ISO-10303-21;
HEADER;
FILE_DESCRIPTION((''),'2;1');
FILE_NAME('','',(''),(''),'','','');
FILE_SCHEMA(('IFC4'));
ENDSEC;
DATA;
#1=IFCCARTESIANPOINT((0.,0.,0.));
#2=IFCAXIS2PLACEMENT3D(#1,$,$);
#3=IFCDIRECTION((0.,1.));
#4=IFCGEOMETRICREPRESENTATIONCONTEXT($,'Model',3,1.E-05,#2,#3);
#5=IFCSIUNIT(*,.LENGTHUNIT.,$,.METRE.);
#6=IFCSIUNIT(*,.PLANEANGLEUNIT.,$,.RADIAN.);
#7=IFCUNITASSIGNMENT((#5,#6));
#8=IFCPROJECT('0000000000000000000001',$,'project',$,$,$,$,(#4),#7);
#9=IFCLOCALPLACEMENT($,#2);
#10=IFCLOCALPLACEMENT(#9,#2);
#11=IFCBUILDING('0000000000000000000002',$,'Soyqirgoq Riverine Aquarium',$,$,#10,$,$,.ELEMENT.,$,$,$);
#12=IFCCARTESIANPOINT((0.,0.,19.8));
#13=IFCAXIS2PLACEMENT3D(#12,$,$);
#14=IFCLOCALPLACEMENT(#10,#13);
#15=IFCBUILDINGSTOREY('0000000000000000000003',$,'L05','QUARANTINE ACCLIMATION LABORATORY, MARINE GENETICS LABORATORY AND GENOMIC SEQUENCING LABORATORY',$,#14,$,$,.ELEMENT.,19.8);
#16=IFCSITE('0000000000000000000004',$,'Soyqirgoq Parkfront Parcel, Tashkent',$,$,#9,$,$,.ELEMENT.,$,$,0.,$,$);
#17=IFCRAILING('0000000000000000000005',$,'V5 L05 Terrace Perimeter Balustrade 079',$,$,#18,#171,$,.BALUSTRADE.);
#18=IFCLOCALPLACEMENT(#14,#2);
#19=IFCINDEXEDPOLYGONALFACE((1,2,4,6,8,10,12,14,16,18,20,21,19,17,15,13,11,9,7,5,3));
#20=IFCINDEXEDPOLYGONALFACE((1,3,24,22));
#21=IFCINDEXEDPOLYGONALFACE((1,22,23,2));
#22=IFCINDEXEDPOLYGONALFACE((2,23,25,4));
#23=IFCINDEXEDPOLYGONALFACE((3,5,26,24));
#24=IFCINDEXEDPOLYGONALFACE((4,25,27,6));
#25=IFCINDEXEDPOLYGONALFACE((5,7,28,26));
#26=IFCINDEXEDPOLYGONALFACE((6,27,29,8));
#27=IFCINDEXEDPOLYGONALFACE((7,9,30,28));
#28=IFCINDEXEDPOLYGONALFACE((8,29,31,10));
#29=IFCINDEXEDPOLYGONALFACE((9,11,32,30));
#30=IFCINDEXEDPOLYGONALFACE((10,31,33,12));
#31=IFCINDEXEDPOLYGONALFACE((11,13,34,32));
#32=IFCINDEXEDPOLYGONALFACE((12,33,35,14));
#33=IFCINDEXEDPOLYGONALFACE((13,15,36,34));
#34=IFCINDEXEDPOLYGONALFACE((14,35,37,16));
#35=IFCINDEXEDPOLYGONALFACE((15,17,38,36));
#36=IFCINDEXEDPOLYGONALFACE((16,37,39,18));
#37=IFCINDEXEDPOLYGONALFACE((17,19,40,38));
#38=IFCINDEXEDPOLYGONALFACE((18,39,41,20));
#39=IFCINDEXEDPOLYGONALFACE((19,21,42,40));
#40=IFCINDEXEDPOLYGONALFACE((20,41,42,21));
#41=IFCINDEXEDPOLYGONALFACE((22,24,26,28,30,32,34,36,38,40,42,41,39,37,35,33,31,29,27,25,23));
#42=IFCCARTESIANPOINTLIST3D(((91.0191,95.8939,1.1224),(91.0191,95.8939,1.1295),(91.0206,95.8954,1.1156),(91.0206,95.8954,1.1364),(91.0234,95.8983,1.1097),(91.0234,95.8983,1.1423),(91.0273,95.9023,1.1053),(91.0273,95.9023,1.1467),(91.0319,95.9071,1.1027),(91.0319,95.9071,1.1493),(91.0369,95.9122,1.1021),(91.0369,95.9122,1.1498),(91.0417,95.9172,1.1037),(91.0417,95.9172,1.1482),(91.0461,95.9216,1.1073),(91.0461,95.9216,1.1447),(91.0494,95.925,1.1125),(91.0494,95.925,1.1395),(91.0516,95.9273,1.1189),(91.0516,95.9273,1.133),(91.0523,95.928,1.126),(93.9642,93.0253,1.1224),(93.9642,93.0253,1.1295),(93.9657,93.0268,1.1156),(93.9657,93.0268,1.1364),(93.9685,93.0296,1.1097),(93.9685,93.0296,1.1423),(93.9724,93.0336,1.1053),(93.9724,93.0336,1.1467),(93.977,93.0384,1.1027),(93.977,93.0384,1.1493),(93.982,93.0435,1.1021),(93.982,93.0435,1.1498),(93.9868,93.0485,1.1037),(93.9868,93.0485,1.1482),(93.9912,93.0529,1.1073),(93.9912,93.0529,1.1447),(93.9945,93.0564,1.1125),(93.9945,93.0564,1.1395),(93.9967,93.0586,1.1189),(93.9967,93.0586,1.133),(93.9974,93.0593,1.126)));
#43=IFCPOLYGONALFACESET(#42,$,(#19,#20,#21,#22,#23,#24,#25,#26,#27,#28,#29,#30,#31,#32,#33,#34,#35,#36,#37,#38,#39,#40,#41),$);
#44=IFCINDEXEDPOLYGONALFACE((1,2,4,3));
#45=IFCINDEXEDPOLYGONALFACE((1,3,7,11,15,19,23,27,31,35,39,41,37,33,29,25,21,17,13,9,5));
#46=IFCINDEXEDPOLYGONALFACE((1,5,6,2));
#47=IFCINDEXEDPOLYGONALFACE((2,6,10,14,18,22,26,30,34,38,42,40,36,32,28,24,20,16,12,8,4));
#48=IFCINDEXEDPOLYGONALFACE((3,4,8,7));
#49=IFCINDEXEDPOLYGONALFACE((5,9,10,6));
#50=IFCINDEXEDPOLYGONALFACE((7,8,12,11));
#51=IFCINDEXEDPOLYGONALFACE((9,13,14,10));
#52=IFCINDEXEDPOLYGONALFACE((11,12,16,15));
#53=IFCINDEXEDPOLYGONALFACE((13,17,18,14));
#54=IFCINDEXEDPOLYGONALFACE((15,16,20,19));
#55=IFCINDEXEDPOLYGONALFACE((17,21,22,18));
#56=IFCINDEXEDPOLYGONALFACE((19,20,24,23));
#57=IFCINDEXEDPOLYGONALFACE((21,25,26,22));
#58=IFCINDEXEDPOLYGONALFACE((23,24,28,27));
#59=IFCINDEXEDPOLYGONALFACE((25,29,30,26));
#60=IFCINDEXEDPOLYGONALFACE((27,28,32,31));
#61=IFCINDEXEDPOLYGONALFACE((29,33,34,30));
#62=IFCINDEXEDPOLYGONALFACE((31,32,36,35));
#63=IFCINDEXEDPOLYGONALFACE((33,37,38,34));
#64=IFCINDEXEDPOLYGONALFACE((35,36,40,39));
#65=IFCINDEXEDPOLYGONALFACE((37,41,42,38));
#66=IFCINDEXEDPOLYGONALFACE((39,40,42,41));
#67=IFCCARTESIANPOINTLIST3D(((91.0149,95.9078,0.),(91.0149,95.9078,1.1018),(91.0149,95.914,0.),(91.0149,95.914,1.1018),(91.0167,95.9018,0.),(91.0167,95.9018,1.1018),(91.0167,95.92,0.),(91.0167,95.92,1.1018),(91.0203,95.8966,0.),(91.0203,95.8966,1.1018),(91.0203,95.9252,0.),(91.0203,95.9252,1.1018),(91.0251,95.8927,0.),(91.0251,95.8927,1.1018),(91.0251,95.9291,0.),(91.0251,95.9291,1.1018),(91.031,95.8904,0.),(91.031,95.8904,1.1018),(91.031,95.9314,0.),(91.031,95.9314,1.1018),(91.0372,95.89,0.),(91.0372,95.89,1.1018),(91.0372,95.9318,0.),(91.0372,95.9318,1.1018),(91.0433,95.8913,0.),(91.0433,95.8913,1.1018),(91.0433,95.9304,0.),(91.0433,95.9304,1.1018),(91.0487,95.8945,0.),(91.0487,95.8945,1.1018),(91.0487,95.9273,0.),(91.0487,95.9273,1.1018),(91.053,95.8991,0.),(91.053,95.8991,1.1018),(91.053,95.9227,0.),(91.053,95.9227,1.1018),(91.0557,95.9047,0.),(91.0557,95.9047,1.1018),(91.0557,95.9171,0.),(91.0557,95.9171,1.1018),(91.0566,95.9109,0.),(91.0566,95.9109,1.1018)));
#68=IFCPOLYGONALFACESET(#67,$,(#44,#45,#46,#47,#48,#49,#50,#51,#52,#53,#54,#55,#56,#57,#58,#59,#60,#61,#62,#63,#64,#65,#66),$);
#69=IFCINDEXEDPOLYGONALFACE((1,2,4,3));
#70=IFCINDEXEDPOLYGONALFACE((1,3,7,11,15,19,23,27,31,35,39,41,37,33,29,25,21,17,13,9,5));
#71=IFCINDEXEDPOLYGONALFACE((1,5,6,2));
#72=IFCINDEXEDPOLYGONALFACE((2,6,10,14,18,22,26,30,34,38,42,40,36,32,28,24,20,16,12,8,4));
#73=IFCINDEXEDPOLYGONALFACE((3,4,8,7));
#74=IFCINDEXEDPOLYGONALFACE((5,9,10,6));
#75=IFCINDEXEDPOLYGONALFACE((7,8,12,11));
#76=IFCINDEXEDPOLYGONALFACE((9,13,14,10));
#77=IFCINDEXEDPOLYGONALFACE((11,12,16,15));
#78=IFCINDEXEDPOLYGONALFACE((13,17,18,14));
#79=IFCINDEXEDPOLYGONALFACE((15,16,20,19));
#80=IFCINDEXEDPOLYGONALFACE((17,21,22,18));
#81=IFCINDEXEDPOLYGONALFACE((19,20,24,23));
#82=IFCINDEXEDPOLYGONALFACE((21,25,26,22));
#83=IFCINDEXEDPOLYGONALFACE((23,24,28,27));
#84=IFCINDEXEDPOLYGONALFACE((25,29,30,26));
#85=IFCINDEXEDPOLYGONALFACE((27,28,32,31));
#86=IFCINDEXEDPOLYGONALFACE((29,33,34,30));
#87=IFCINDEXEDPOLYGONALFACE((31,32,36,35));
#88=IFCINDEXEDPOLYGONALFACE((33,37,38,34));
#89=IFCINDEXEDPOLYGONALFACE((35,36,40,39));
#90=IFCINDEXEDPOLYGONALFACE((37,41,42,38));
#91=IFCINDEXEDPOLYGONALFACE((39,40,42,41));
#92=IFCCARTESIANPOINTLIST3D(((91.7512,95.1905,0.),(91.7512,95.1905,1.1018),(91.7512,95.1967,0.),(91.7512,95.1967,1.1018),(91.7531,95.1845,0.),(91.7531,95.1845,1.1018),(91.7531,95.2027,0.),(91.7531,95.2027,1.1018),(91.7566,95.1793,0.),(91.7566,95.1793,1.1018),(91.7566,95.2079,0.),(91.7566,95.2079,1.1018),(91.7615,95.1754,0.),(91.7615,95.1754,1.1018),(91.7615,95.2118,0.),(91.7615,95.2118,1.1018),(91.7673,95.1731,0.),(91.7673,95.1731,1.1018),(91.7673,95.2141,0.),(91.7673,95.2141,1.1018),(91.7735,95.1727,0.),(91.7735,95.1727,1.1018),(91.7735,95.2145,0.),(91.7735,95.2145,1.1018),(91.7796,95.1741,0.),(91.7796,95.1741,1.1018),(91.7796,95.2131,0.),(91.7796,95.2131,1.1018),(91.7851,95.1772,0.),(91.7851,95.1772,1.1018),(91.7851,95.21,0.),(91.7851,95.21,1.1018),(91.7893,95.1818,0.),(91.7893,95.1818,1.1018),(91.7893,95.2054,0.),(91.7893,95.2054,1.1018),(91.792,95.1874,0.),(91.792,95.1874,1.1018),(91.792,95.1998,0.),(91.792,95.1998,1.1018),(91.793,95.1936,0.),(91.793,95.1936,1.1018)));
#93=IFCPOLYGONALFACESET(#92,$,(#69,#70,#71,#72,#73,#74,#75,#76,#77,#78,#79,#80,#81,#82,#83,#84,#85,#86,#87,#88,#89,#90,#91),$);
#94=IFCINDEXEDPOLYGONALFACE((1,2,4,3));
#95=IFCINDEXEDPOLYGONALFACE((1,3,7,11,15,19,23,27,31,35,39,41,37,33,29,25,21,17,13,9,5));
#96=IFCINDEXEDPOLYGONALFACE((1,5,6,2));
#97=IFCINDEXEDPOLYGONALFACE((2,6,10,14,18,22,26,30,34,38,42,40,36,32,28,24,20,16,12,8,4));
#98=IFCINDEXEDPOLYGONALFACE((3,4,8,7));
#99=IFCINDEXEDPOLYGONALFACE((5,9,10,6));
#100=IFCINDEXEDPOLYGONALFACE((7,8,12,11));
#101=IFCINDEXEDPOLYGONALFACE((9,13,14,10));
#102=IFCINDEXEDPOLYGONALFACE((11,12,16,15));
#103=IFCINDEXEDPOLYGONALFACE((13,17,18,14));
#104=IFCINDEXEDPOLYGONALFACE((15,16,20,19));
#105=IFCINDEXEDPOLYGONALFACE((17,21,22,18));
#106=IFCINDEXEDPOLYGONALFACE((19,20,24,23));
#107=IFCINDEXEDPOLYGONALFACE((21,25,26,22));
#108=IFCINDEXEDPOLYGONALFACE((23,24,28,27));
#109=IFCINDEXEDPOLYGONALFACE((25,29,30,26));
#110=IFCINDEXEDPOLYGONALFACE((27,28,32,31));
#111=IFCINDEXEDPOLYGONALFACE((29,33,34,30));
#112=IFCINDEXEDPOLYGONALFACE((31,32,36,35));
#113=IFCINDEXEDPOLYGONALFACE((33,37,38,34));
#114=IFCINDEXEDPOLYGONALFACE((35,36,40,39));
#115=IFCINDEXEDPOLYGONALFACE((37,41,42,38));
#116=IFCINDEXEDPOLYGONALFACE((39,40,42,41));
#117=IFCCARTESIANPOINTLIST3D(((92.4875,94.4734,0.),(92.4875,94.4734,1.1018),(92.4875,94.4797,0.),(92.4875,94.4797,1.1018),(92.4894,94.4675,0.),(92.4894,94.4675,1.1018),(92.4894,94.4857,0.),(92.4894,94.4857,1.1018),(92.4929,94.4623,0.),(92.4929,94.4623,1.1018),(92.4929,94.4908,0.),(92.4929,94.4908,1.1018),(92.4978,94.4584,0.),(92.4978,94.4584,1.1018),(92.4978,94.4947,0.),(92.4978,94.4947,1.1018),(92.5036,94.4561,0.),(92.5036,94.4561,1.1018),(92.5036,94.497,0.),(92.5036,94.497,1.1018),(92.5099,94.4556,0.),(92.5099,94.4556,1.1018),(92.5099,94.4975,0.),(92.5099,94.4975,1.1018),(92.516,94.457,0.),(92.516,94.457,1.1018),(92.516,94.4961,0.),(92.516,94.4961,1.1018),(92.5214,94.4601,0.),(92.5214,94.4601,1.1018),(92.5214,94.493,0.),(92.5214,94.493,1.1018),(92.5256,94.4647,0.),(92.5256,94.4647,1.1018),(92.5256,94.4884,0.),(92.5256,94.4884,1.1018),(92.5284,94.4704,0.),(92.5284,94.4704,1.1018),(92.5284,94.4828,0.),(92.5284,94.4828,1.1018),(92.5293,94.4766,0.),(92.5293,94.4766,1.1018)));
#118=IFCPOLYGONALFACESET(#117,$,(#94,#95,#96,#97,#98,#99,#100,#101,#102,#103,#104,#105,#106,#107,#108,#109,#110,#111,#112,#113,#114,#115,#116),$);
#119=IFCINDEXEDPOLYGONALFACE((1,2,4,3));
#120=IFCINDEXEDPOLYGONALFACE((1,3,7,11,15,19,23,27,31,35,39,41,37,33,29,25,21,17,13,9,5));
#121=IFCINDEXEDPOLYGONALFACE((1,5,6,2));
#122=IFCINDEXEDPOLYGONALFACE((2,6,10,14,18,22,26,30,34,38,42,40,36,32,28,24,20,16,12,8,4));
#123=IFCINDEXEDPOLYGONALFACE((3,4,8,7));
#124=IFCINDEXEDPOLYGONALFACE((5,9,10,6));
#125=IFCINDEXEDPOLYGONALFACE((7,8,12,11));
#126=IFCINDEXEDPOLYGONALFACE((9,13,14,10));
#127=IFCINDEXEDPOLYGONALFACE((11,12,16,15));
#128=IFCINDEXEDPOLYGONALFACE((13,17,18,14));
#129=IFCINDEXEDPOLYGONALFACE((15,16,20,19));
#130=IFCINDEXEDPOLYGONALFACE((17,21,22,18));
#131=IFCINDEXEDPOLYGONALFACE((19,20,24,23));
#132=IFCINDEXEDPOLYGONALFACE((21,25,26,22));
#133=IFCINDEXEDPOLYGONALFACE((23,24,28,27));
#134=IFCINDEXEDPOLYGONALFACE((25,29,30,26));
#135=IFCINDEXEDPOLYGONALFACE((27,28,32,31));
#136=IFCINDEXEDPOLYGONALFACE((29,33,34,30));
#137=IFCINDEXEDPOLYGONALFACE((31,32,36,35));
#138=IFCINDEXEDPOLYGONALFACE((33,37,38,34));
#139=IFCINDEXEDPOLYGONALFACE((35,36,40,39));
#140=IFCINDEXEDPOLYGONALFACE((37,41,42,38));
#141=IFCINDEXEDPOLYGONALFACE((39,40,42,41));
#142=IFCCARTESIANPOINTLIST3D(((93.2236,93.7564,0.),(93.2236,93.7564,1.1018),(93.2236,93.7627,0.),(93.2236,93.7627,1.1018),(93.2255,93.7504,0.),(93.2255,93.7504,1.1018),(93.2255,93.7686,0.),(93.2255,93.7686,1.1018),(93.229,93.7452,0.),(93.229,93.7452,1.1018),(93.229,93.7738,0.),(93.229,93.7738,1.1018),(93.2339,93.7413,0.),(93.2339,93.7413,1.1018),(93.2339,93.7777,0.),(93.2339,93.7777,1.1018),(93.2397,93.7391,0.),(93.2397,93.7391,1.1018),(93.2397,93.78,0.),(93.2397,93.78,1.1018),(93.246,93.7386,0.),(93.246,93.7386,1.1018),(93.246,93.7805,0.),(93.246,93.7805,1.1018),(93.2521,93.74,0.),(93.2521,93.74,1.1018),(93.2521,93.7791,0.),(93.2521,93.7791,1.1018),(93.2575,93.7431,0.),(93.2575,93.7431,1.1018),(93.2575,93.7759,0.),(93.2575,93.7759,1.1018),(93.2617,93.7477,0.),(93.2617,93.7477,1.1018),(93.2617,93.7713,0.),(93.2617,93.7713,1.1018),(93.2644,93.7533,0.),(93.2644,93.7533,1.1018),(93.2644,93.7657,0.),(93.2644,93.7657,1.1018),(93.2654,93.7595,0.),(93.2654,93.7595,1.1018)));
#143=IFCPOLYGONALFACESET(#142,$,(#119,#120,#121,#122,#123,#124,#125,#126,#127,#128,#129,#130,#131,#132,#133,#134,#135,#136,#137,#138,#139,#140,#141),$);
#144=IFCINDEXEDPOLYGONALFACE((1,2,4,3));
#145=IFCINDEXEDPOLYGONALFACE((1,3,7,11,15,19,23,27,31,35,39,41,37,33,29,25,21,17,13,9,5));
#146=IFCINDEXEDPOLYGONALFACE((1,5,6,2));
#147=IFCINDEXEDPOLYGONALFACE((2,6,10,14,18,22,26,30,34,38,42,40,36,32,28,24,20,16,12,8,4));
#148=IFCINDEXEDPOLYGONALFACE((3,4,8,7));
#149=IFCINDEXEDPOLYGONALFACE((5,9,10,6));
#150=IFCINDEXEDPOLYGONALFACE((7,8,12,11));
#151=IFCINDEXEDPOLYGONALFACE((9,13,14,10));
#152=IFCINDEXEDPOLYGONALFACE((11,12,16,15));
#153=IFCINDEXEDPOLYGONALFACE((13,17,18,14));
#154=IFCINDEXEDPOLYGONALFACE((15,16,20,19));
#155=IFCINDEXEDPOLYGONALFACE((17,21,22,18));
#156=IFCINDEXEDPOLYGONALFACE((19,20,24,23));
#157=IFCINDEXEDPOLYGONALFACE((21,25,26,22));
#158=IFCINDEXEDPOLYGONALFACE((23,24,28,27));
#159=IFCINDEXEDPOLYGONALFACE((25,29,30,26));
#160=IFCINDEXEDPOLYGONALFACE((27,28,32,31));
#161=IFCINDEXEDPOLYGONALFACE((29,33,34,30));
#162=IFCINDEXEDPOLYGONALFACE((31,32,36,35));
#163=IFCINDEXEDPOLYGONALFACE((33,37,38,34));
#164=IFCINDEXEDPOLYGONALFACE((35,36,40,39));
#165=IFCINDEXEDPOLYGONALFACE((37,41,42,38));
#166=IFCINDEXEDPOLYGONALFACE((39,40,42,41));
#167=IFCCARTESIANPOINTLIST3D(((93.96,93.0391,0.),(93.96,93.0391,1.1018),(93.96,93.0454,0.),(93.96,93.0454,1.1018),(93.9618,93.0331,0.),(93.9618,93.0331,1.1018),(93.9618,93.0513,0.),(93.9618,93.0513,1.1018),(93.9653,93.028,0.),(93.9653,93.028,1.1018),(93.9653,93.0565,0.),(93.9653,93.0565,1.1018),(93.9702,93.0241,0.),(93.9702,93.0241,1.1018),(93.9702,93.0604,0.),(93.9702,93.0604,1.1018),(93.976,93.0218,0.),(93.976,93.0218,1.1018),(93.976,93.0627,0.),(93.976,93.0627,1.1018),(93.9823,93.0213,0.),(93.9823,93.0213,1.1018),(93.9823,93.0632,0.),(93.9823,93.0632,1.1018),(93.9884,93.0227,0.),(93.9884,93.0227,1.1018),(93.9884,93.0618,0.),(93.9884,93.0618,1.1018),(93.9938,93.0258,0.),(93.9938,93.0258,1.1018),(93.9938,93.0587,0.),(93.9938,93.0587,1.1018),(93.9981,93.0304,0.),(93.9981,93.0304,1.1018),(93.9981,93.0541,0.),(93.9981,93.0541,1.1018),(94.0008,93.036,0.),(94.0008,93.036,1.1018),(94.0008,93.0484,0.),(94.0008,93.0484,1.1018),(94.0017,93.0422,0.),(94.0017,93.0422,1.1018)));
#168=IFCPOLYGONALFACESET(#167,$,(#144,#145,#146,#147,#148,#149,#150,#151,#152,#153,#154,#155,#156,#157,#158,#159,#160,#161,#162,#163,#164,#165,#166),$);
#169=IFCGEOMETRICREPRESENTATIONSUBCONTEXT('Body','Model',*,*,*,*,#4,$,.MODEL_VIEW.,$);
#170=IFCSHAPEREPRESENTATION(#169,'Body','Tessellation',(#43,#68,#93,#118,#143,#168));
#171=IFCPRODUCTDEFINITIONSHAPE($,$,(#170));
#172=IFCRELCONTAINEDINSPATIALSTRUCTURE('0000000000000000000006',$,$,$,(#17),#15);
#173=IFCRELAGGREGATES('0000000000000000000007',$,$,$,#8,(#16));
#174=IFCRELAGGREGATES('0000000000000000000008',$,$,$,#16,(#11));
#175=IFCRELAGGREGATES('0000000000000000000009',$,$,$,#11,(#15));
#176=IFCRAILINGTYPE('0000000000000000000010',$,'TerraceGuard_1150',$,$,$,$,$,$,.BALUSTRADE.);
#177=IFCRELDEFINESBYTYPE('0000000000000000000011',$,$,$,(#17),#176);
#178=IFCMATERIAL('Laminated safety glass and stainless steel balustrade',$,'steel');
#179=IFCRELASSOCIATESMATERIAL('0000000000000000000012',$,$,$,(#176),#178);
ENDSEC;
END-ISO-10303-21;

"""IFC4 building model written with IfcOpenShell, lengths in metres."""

from ifc_helpers import new_model, si_unit, direction, frame, origin, origin_2d, place, context, subcontext, project, spatial, circle, extrude, material, type_object, element, save


model = new_model("IFC4")

# Units and contexts
model_context = context("Model", 3, precision=1e-05, world=origin(), true_north=direction((0.0, 1.0)))
body_context = subcontext(model_context, "Body", "Model", "MODEL_VIEW")
ifc_project = project(units=[si_unit("LENGTHUNIT", "METRE"), si_unit("PLANEANGLEUNIT", "RADIAN")], contexts=[model_context])

# Site, building, storey
site_placement = place(None, origin())
site = spatial("IfcSite", under=ifc_project, at=site_placement, Name="Soyqirgoq Parkfront Parcel, Tashkent", CompositionType="ELEMENT", RefElevation=0.0)
building_placement = place(site_placement, origin())
building = spatial("IfcBuilding", under=site, at=building_placement, Name="Soyqirgoq Riverine Aquarium", CompositionType="ELEMENT")
storey_placement = place(building_placement, frame((0.0, 0.0, 19.8)))
storey = spatial("IfcBuildingStorey", under=building, at=storey_placement, Name="L05", Description="QUARANTINE ACCLIMATION LABORATORY, MARINE GENETICS LABORATORY AND GENOMIC SEQUENCING LABORATORY", CompositionType="ELEMENT", Elevation=19.8)

# Railing
ifc_material_1 = material(Name="Laminated safety glass and stainless steel balustrade", Category="steel")
railing_type = type_object("IfcRailingType", Name="TerraceGuard_1150", PredefinedType="BALUSTRADE", material=ifc_material_1)
railing_1_placement = place(storey_placement, frame((91.0356, 95.9109, 0.0)))
element("IfcRailing", 1, at=railing_1_placement, inside=storey, type_object=railing_type, Name="V5 L05 Terrace Perimeter Balustrade 079", PredefinedType="BALUSTRADE", context=body_context, shape_type="SweptSolid", body=[
    extrude(circle(Radius=0.0239, at=origin_2d()), frame((0.0, 0.0, 1.126), z_axis=(0.716339, -0.697752, 0.0), x_axis=(0.697752, 0.716339, 0.0)), (0.0, 0.0, 1.0), 4.1113),
    extrude(circle(Radius=0.021, at=origin_2d()), origin(), (0.0, 0.0, 1.0), 1.1018),
    extrude(circle(Radius=0.021, at=origin_2d()), frame((0.7363, -0.7173, 0.0)), (0.0, 0.0, 1.0), 1.1018),
    extrude(circle(Radius=0.021, at=origin_2d()), frame((1.4727, -1.4343, 0.0)), (0.0, 0.0, 1.0), 1.1018),
    extrude(circle(Radius=0.021, at=origin_2d()), frame((2.2087, -2.1514, 0.0)), (0.0, 0.0, 1.0), 1.1018),
    extrude(circle(Radius=0.021, at=origin_2d()), frame((2.9451, -2.8687, 0.0)), (0.0, 0.0, 1.0), 1.1018),
])

save(model, "model.ifc")
